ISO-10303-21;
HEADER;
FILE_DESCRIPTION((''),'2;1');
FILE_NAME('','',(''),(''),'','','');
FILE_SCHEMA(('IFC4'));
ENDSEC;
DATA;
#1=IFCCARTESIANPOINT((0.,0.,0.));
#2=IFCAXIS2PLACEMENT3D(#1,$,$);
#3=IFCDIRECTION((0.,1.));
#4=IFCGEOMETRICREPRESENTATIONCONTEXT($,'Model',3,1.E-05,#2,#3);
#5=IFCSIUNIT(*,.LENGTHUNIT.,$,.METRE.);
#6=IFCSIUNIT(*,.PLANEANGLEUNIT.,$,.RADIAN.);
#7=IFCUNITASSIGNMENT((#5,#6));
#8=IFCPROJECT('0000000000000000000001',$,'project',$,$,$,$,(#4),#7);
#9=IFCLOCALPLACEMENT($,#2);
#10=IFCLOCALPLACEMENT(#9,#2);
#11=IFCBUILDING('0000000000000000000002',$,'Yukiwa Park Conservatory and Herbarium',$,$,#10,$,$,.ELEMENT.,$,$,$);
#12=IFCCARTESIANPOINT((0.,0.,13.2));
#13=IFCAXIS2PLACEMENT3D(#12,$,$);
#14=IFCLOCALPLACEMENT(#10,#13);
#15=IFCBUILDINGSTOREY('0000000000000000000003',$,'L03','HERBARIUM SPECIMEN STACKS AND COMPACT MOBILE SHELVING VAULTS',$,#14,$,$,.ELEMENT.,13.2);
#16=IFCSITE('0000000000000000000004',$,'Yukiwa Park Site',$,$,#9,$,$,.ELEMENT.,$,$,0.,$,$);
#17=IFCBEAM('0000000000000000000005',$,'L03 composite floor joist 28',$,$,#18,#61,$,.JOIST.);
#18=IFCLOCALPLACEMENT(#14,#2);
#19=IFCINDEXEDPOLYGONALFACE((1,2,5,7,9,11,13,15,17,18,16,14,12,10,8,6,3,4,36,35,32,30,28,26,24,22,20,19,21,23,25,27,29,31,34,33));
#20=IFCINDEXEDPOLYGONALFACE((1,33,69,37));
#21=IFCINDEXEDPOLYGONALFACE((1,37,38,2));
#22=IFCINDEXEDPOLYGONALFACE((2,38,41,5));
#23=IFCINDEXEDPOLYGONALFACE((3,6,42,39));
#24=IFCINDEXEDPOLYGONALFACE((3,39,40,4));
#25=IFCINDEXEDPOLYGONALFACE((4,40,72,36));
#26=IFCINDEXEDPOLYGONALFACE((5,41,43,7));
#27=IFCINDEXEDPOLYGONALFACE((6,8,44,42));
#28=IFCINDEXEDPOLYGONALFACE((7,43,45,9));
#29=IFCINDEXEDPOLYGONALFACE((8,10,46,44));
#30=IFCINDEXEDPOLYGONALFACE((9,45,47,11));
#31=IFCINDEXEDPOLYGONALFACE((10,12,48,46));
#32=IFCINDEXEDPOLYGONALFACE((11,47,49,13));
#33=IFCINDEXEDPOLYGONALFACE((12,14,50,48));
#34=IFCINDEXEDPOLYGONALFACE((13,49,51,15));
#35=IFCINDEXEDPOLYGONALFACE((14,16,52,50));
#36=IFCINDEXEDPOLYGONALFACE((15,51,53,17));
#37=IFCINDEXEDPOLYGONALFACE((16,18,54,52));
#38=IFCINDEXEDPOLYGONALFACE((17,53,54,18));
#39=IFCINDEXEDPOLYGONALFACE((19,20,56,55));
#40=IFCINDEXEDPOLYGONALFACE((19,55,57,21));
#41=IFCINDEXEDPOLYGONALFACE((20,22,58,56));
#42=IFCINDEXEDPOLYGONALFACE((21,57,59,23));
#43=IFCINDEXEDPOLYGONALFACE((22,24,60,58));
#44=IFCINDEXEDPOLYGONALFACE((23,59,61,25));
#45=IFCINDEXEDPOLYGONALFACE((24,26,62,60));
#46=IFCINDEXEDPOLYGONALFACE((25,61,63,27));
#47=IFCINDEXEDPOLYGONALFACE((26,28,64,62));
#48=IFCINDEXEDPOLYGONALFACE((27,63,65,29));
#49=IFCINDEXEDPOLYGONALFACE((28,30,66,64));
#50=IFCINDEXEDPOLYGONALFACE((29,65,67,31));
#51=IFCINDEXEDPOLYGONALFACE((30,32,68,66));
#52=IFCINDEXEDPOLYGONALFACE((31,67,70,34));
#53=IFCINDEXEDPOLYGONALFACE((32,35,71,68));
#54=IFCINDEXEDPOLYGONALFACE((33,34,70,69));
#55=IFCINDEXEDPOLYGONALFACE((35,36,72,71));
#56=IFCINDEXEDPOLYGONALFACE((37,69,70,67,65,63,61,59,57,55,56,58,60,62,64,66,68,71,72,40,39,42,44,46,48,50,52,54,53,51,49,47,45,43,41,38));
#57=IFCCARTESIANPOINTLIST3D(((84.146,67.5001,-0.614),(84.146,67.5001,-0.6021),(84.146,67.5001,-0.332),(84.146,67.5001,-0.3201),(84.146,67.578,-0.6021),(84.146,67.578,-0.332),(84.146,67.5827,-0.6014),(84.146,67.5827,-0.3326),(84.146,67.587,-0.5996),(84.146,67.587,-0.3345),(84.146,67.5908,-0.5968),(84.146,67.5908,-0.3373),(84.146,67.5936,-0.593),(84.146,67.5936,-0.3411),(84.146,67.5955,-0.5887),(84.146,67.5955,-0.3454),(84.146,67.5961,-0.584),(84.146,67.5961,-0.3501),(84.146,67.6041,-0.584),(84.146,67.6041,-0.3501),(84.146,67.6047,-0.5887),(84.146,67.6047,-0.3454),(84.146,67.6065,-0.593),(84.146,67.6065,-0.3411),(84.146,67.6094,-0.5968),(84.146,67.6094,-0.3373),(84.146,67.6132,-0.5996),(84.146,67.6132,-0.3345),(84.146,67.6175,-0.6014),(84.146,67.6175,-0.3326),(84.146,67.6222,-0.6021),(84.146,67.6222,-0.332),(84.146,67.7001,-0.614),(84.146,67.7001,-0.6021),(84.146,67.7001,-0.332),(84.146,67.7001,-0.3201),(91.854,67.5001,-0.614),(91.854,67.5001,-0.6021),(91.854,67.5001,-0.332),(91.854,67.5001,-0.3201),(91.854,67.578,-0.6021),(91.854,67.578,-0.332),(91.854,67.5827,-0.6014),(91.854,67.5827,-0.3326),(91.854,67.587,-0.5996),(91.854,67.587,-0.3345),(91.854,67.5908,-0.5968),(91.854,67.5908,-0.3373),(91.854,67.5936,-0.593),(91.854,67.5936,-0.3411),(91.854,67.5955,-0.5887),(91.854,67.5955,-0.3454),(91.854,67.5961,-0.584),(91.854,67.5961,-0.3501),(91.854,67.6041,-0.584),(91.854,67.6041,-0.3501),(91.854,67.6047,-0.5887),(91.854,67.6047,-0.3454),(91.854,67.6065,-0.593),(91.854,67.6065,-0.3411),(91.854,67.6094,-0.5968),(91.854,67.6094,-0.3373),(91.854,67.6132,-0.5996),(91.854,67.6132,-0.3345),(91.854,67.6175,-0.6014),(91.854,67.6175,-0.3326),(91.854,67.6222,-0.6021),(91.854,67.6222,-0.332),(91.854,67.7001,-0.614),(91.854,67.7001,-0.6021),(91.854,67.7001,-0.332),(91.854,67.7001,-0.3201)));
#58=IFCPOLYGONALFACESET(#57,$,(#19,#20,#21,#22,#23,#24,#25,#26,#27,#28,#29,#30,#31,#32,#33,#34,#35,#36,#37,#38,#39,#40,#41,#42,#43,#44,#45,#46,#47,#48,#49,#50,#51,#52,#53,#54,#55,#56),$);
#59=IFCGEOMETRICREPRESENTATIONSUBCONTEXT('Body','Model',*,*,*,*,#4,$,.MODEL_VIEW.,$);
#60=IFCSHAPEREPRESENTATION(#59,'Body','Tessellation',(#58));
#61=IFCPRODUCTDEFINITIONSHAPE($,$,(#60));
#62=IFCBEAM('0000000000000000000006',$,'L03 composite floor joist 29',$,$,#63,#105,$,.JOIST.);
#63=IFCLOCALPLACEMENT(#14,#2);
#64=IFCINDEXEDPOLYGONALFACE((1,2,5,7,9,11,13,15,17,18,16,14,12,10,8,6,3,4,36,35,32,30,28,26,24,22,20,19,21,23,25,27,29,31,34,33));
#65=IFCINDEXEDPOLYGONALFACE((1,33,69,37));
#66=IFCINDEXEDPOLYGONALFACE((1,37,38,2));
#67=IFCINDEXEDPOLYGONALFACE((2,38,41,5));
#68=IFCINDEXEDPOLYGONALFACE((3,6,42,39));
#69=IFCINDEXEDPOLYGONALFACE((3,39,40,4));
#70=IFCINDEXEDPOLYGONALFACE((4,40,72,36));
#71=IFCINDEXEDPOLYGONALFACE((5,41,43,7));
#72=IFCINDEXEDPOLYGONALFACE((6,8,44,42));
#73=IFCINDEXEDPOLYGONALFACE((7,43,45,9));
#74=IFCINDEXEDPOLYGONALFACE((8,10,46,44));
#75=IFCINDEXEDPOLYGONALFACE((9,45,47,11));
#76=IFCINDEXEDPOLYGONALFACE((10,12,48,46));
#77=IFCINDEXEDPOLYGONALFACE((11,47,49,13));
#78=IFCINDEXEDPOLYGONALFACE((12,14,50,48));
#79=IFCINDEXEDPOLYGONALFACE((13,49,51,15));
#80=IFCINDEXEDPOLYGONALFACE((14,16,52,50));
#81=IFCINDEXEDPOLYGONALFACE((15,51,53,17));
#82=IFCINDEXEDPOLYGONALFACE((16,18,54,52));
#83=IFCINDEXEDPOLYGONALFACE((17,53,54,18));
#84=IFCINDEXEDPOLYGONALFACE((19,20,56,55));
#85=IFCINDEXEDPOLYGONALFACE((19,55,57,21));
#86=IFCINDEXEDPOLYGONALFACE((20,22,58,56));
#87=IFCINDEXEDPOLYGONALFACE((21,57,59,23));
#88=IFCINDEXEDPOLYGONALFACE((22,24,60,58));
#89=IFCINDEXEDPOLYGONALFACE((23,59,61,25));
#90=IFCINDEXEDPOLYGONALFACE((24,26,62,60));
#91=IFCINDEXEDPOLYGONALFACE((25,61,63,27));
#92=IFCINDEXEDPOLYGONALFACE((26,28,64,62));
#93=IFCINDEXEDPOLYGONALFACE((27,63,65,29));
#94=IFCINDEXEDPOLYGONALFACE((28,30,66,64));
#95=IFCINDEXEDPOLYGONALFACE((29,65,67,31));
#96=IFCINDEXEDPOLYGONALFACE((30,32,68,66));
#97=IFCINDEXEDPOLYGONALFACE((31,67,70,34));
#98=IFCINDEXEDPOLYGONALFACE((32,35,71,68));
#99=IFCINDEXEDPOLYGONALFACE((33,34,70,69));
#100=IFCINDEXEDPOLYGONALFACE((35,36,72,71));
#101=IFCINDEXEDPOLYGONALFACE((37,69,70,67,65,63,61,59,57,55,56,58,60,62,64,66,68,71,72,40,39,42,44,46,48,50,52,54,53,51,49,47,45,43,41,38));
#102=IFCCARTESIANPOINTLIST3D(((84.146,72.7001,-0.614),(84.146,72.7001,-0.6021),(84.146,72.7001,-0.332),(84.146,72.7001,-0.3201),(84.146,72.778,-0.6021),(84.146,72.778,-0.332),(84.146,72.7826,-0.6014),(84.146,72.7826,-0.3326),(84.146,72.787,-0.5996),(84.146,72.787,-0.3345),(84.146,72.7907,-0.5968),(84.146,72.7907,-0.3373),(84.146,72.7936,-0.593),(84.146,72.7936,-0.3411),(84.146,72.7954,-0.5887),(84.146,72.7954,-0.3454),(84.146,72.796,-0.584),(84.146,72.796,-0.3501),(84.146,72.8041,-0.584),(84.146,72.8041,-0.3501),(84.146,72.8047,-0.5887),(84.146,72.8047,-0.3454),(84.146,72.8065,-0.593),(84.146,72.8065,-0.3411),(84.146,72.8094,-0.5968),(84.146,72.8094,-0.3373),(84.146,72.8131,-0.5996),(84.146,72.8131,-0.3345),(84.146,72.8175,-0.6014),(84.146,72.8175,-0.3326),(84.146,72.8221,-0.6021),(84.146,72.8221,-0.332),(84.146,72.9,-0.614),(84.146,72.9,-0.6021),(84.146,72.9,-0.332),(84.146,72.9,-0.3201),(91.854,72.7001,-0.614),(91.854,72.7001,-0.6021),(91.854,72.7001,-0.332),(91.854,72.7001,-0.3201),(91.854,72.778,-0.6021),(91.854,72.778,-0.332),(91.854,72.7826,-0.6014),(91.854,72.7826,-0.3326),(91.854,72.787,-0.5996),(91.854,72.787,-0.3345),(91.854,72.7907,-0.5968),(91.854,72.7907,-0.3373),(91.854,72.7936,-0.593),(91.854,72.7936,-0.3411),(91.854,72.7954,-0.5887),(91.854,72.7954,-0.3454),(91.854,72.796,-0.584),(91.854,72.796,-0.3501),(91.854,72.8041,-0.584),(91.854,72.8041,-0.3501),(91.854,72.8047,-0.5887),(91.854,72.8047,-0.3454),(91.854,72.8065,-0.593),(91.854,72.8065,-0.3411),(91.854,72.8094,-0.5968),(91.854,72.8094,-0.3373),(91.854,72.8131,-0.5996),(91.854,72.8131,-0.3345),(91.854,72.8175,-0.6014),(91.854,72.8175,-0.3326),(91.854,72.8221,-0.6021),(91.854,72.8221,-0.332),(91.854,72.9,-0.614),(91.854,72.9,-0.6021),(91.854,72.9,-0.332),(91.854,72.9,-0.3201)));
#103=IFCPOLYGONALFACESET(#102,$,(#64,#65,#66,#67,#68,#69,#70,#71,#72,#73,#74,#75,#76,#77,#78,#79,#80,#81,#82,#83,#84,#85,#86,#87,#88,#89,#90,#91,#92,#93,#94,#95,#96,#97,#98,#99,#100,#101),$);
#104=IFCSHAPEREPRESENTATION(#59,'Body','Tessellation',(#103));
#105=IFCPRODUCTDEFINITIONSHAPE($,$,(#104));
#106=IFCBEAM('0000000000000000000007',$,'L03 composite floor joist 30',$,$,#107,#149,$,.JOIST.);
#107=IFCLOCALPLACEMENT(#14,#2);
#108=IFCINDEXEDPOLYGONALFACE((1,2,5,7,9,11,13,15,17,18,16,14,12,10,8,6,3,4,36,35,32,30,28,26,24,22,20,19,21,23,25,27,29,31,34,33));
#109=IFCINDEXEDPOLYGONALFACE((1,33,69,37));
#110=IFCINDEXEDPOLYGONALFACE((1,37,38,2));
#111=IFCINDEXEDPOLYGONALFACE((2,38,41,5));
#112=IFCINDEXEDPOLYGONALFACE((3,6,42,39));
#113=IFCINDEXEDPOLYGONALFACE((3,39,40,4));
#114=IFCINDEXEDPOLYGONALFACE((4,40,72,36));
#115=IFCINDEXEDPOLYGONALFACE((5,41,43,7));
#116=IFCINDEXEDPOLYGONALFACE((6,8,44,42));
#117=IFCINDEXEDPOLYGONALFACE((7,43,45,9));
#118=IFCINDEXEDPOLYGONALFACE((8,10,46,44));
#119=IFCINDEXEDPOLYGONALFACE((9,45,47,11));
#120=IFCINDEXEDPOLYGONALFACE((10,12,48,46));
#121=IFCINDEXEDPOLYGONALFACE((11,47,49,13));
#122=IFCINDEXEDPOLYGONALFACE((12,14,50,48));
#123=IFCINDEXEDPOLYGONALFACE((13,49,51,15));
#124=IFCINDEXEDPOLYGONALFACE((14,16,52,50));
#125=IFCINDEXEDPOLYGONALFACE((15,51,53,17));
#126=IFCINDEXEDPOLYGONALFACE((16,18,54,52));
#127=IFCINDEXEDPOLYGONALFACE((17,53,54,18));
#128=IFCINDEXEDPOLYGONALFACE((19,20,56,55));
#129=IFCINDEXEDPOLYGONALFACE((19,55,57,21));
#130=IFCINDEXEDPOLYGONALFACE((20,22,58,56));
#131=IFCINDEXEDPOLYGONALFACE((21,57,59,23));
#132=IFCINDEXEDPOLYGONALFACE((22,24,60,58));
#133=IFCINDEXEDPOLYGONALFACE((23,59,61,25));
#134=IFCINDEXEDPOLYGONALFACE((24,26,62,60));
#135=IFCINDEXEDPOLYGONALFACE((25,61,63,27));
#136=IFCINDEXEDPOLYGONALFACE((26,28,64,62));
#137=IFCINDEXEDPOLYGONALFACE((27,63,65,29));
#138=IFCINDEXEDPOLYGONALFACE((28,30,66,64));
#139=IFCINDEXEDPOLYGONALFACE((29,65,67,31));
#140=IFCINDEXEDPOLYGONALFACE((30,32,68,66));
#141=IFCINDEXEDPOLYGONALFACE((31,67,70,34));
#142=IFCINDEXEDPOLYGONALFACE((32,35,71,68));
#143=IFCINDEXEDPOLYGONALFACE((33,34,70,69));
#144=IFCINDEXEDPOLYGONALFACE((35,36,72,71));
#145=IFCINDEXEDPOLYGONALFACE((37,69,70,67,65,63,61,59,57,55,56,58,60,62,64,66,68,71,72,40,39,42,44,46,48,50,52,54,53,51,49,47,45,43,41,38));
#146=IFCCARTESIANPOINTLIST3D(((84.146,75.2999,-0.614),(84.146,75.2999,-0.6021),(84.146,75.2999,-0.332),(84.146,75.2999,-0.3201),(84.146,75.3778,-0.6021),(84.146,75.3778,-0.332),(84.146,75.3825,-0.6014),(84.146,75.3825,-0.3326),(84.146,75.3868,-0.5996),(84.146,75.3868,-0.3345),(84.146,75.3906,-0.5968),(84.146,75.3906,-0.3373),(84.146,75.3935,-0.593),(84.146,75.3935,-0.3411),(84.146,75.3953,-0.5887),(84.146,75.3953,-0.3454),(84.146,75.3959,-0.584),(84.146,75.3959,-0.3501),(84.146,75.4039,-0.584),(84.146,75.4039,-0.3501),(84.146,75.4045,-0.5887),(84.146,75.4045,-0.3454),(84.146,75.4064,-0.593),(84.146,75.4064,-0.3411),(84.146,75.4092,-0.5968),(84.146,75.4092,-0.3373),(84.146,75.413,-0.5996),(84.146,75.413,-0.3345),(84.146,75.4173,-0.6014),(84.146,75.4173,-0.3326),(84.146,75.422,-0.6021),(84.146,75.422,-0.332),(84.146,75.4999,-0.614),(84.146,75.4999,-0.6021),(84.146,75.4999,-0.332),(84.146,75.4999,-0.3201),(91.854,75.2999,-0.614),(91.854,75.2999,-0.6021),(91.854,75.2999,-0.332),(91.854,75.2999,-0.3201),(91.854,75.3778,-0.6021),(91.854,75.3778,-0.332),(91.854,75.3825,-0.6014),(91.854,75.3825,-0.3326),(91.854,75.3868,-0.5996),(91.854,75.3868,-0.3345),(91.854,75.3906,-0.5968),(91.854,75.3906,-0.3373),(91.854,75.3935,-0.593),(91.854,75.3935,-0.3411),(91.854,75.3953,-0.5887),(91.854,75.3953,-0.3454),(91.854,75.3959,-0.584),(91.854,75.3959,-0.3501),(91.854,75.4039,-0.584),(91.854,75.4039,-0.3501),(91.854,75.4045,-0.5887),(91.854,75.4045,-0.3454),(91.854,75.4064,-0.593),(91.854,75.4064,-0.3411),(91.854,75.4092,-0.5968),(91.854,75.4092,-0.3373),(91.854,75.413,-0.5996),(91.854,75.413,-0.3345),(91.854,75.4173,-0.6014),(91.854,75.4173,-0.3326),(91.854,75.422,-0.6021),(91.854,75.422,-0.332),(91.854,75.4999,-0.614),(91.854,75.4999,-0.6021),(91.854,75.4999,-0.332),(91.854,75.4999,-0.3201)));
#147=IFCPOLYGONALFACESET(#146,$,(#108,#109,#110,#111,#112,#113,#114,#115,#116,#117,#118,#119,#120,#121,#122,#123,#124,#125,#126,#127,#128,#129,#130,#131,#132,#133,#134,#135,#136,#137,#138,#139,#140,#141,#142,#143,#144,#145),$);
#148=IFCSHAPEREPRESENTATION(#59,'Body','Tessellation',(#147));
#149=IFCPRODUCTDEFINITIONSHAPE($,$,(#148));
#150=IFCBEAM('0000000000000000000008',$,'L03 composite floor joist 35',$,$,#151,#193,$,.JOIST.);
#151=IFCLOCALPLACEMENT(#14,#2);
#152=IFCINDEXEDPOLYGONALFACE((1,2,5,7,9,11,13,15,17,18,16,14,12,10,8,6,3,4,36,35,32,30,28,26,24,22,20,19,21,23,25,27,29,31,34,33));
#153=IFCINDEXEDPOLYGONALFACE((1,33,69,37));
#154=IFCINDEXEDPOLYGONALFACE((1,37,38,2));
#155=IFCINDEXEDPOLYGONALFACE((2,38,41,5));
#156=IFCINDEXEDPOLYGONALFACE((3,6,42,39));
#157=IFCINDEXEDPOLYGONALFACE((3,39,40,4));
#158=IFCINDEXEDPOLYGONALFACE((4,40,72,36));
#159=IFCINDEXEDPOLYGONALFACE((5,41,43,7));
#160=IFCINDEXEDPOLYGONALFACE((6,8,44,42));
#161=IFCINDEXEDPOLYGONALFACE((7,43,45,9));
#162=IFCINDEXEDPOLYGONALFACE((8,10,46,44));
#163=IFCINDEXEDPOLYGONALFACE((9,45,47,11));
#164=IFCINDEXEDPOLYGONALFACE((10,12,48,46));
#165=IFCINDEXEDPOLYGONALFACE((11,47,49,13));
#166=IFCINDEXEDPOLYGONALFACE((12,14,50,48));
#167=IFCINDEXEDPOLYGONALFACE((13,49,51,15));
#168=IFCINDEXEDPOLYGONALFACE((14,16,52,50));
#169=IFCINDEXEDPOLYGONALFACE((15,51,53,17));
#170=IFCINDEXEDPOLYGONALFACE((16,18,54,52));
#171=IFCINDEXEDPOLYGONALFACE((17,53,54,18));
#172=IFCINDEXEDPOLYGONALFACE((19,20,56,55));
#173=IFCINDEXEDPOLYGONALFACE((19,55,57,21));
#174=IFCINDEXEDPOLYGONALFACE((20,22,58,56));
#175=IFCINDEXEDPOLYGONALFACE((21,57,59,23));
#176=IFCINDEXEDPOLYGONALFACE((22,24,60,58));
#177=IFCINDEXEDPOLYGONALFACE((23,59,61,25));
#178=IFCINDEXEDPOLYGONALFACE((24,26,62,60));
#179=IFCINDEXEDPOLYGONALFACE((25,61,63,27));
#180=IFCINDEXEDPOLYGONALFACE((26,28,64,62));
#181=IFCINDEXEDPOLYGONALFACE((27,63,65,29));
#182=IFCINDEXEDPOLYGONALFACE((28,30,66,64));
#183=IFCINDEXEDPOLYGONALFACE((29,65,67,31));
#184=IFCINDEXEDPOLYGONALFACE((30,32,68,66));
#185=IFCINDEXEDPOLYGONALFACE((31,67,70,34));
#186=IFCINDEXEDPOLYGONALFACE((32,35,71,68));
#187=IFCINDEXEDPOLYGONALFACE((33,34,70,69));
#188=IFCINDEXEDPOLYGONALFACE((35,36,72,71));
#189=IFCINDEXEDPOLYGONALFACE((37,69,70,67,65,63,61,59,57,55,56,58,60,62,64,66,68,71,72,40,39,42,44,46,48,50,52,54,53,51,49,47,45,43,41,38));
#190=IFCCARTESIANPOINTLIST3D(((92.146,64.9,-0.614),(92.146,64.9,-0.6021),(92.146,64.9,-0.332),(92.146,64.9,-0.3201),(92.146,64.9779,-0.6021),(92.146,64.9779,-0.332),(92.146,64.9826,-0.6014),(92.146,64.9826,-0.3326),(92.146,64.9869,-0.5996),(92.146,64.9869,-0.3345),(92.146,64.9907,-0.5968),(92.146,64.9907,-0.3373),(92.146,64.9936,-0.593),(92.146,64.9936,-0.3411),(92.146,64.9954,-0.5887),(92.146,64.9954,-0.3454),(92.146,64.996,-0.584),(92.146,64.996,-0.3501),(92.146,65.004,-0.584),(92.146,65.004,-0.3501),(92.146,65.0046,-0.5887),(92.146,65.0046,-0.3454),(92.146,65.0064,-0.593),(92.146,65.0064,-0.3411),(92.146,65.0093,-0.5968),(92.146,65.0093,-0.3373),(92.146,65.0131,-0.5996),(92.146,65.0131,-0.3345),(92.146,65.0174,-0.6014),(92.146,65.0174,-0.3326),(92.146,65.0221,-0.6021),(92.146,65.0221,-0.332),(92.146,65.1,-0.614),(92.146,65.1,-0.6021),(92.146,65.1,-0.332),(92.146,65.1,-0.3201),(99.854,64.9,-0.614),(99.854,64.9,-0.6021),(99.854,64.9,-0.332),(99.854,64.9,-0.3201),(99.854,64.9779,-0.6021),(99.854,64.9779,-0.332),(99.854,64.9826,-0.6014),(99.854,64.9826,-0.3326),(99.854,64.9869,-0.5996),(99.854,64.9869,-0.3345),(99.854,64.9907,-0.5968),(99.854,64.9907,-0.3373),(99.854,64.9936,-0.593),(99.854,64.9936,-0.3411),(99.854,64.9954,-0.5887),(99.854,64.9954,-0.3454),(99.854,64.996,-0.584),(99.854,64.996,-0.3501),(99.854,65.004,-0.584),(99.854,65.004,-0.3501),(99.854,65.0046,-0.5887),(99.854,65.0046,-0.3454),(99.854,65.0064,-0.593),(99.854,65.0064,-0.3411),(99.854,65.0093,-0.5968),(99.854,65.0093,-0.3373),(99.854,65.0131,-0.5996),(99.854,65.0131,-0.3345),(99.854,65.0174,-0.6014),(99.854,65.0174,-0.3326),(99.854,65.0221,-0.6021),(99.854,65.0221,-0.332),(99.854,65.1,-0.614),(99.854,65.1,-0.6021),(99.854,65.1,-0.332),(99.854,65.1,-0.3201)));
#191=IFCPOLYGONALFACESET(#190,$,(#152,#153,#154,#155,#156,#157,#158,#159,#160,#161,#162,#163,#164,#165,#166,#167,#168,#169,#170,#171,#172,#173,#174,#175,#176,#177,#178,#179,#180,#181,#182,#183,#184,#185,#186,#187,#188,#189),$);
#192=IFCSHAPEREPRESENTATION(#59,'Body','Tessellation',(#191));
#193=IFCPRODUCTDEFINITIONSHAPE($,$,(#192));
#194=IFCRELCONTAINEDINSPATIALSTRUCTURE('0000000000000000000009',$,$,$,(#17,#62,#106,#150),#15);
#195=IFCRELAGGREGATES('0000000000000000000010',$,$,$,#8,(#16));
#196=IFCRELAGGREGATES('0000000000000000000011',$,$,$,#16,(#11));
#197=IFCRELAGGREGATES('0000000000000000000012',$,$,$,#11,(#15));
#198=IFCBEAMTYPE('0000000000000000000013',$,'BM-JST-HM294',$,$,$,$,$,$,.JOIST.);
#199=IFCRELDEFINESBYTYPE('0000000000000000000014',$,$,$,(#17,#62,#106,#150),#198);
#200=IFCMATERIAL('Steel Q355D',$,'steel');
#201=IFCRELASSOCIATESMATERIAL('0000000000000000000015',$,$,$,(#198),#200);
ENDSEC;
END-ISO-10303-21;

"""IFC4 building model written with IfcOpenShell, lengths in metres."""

from ifc_helpers import new_model, si_unit, direction, frame, origin, origin_2d, place, context, subcontext, project, spatial, i_section, extrude, material, material_profile, profile_set, type_object, element, save


model = new_model("IFC4")

# Units and contexts
model_context = context("Model", 3, precision=1e-05, world=origin(), true_north=direction((0.0, 1.0)))
body_context = subcontext(model_context, "Body", "Model", "MODEL_VIEW")
ifc_project = project(units=[si_unit("LENGTHUNIT", "METRE"), si_unit("PLANEANGLEUNIT", "RADIAN")], contexts=[model_context])

# Site, building, storey
site_placement = place(None, origin())
site = spatial("IfcSite", under=ifc_project, at=site_placement, Name="Yukiwa Park Site", CompositionType="ELEMENT", RefElevation=0.0)
building_placement = place(site_placement, origin())
building = spatial("IfcBuilding", under=site, at=building_placement, Name="Yukiwa Park Conservatory and Herbarium", CompositionType="ELEMENT")
storey_placement = place(building_placement, frame((0.0, 0.0, 13.2)))
storey = spatial("IfcBuildingStorey", under=building, at=storey_placement, Name="L03", Description="HERBARIUM SPECIMEN STACKS AND COMPACT MOBILE SHELVING VAULTS", CompositionType="ELEMENT", Elevation=13.2)

# Beams
ifc_material_1 = material(Name="Steel Q355D", Category="steel")
ifc_material_profile_1 = material_profile(ifc_material_1, i_section(OverallWidth=0.2, OverallDepth=0.2939, WebThickness=0.0081, FlangeThickness=0.012, FilletRadius=0.0181, at=origin_2d()), Name="HM 294x200x8x12")
ifc_profile_set_1 = profile_set([ifc_material_profile_1], Name="Steel Q355D")
beam_type_1 = type_object("IfcBeamType", Name="BM-JST-HM294", PredefinedType="JOIST", material=ifc_profile_set_1)
for number, where, z_axis, x_axis, name in (
    (1, (84.146, 67.6001, -0.467), (1.0, 0.0, 0.0), (0.0, 1.0, 0.0), "L03 composite floor joist 28"),
    (2, (84.146, 72.8, -0.467), (1.0, 0.0, 0.0), (0.0, 1.0, 0.0), "L03 composite floor joist 29"),
    (3, (84.146, 75.3999, -0.467), (1.0, 0.0, 0.0), (0.0, 1.0, 0.0), "L03 composite floor joist 30"),
    (4, (92.146, 65.0, -0.467), (1.0, 0.0, 0.0), (0.0, 1.0, 0.0), "L03 composite floor joist 35"),
):
    element("IfcBeam", number, at=place(storey_placement, frame(where, z_axis=z_axis, x_axis=x_axis)), inside=storey, type_object=beam_type_1, Name=name, PredefinedType="JOIST", context=body_context, shape_type="SweptSolid", body=[
        extrude(i_section(OverallWidth=0.2, OverallDepth=0.2939, WebThickness=0.0081, FlangeThickness=0.012, FilletRadius=0.0181, at=origin_2d()), origin(), (0.0, 0.0, 1.0), 7.708),
    ])

save(model, "model.ifc")
